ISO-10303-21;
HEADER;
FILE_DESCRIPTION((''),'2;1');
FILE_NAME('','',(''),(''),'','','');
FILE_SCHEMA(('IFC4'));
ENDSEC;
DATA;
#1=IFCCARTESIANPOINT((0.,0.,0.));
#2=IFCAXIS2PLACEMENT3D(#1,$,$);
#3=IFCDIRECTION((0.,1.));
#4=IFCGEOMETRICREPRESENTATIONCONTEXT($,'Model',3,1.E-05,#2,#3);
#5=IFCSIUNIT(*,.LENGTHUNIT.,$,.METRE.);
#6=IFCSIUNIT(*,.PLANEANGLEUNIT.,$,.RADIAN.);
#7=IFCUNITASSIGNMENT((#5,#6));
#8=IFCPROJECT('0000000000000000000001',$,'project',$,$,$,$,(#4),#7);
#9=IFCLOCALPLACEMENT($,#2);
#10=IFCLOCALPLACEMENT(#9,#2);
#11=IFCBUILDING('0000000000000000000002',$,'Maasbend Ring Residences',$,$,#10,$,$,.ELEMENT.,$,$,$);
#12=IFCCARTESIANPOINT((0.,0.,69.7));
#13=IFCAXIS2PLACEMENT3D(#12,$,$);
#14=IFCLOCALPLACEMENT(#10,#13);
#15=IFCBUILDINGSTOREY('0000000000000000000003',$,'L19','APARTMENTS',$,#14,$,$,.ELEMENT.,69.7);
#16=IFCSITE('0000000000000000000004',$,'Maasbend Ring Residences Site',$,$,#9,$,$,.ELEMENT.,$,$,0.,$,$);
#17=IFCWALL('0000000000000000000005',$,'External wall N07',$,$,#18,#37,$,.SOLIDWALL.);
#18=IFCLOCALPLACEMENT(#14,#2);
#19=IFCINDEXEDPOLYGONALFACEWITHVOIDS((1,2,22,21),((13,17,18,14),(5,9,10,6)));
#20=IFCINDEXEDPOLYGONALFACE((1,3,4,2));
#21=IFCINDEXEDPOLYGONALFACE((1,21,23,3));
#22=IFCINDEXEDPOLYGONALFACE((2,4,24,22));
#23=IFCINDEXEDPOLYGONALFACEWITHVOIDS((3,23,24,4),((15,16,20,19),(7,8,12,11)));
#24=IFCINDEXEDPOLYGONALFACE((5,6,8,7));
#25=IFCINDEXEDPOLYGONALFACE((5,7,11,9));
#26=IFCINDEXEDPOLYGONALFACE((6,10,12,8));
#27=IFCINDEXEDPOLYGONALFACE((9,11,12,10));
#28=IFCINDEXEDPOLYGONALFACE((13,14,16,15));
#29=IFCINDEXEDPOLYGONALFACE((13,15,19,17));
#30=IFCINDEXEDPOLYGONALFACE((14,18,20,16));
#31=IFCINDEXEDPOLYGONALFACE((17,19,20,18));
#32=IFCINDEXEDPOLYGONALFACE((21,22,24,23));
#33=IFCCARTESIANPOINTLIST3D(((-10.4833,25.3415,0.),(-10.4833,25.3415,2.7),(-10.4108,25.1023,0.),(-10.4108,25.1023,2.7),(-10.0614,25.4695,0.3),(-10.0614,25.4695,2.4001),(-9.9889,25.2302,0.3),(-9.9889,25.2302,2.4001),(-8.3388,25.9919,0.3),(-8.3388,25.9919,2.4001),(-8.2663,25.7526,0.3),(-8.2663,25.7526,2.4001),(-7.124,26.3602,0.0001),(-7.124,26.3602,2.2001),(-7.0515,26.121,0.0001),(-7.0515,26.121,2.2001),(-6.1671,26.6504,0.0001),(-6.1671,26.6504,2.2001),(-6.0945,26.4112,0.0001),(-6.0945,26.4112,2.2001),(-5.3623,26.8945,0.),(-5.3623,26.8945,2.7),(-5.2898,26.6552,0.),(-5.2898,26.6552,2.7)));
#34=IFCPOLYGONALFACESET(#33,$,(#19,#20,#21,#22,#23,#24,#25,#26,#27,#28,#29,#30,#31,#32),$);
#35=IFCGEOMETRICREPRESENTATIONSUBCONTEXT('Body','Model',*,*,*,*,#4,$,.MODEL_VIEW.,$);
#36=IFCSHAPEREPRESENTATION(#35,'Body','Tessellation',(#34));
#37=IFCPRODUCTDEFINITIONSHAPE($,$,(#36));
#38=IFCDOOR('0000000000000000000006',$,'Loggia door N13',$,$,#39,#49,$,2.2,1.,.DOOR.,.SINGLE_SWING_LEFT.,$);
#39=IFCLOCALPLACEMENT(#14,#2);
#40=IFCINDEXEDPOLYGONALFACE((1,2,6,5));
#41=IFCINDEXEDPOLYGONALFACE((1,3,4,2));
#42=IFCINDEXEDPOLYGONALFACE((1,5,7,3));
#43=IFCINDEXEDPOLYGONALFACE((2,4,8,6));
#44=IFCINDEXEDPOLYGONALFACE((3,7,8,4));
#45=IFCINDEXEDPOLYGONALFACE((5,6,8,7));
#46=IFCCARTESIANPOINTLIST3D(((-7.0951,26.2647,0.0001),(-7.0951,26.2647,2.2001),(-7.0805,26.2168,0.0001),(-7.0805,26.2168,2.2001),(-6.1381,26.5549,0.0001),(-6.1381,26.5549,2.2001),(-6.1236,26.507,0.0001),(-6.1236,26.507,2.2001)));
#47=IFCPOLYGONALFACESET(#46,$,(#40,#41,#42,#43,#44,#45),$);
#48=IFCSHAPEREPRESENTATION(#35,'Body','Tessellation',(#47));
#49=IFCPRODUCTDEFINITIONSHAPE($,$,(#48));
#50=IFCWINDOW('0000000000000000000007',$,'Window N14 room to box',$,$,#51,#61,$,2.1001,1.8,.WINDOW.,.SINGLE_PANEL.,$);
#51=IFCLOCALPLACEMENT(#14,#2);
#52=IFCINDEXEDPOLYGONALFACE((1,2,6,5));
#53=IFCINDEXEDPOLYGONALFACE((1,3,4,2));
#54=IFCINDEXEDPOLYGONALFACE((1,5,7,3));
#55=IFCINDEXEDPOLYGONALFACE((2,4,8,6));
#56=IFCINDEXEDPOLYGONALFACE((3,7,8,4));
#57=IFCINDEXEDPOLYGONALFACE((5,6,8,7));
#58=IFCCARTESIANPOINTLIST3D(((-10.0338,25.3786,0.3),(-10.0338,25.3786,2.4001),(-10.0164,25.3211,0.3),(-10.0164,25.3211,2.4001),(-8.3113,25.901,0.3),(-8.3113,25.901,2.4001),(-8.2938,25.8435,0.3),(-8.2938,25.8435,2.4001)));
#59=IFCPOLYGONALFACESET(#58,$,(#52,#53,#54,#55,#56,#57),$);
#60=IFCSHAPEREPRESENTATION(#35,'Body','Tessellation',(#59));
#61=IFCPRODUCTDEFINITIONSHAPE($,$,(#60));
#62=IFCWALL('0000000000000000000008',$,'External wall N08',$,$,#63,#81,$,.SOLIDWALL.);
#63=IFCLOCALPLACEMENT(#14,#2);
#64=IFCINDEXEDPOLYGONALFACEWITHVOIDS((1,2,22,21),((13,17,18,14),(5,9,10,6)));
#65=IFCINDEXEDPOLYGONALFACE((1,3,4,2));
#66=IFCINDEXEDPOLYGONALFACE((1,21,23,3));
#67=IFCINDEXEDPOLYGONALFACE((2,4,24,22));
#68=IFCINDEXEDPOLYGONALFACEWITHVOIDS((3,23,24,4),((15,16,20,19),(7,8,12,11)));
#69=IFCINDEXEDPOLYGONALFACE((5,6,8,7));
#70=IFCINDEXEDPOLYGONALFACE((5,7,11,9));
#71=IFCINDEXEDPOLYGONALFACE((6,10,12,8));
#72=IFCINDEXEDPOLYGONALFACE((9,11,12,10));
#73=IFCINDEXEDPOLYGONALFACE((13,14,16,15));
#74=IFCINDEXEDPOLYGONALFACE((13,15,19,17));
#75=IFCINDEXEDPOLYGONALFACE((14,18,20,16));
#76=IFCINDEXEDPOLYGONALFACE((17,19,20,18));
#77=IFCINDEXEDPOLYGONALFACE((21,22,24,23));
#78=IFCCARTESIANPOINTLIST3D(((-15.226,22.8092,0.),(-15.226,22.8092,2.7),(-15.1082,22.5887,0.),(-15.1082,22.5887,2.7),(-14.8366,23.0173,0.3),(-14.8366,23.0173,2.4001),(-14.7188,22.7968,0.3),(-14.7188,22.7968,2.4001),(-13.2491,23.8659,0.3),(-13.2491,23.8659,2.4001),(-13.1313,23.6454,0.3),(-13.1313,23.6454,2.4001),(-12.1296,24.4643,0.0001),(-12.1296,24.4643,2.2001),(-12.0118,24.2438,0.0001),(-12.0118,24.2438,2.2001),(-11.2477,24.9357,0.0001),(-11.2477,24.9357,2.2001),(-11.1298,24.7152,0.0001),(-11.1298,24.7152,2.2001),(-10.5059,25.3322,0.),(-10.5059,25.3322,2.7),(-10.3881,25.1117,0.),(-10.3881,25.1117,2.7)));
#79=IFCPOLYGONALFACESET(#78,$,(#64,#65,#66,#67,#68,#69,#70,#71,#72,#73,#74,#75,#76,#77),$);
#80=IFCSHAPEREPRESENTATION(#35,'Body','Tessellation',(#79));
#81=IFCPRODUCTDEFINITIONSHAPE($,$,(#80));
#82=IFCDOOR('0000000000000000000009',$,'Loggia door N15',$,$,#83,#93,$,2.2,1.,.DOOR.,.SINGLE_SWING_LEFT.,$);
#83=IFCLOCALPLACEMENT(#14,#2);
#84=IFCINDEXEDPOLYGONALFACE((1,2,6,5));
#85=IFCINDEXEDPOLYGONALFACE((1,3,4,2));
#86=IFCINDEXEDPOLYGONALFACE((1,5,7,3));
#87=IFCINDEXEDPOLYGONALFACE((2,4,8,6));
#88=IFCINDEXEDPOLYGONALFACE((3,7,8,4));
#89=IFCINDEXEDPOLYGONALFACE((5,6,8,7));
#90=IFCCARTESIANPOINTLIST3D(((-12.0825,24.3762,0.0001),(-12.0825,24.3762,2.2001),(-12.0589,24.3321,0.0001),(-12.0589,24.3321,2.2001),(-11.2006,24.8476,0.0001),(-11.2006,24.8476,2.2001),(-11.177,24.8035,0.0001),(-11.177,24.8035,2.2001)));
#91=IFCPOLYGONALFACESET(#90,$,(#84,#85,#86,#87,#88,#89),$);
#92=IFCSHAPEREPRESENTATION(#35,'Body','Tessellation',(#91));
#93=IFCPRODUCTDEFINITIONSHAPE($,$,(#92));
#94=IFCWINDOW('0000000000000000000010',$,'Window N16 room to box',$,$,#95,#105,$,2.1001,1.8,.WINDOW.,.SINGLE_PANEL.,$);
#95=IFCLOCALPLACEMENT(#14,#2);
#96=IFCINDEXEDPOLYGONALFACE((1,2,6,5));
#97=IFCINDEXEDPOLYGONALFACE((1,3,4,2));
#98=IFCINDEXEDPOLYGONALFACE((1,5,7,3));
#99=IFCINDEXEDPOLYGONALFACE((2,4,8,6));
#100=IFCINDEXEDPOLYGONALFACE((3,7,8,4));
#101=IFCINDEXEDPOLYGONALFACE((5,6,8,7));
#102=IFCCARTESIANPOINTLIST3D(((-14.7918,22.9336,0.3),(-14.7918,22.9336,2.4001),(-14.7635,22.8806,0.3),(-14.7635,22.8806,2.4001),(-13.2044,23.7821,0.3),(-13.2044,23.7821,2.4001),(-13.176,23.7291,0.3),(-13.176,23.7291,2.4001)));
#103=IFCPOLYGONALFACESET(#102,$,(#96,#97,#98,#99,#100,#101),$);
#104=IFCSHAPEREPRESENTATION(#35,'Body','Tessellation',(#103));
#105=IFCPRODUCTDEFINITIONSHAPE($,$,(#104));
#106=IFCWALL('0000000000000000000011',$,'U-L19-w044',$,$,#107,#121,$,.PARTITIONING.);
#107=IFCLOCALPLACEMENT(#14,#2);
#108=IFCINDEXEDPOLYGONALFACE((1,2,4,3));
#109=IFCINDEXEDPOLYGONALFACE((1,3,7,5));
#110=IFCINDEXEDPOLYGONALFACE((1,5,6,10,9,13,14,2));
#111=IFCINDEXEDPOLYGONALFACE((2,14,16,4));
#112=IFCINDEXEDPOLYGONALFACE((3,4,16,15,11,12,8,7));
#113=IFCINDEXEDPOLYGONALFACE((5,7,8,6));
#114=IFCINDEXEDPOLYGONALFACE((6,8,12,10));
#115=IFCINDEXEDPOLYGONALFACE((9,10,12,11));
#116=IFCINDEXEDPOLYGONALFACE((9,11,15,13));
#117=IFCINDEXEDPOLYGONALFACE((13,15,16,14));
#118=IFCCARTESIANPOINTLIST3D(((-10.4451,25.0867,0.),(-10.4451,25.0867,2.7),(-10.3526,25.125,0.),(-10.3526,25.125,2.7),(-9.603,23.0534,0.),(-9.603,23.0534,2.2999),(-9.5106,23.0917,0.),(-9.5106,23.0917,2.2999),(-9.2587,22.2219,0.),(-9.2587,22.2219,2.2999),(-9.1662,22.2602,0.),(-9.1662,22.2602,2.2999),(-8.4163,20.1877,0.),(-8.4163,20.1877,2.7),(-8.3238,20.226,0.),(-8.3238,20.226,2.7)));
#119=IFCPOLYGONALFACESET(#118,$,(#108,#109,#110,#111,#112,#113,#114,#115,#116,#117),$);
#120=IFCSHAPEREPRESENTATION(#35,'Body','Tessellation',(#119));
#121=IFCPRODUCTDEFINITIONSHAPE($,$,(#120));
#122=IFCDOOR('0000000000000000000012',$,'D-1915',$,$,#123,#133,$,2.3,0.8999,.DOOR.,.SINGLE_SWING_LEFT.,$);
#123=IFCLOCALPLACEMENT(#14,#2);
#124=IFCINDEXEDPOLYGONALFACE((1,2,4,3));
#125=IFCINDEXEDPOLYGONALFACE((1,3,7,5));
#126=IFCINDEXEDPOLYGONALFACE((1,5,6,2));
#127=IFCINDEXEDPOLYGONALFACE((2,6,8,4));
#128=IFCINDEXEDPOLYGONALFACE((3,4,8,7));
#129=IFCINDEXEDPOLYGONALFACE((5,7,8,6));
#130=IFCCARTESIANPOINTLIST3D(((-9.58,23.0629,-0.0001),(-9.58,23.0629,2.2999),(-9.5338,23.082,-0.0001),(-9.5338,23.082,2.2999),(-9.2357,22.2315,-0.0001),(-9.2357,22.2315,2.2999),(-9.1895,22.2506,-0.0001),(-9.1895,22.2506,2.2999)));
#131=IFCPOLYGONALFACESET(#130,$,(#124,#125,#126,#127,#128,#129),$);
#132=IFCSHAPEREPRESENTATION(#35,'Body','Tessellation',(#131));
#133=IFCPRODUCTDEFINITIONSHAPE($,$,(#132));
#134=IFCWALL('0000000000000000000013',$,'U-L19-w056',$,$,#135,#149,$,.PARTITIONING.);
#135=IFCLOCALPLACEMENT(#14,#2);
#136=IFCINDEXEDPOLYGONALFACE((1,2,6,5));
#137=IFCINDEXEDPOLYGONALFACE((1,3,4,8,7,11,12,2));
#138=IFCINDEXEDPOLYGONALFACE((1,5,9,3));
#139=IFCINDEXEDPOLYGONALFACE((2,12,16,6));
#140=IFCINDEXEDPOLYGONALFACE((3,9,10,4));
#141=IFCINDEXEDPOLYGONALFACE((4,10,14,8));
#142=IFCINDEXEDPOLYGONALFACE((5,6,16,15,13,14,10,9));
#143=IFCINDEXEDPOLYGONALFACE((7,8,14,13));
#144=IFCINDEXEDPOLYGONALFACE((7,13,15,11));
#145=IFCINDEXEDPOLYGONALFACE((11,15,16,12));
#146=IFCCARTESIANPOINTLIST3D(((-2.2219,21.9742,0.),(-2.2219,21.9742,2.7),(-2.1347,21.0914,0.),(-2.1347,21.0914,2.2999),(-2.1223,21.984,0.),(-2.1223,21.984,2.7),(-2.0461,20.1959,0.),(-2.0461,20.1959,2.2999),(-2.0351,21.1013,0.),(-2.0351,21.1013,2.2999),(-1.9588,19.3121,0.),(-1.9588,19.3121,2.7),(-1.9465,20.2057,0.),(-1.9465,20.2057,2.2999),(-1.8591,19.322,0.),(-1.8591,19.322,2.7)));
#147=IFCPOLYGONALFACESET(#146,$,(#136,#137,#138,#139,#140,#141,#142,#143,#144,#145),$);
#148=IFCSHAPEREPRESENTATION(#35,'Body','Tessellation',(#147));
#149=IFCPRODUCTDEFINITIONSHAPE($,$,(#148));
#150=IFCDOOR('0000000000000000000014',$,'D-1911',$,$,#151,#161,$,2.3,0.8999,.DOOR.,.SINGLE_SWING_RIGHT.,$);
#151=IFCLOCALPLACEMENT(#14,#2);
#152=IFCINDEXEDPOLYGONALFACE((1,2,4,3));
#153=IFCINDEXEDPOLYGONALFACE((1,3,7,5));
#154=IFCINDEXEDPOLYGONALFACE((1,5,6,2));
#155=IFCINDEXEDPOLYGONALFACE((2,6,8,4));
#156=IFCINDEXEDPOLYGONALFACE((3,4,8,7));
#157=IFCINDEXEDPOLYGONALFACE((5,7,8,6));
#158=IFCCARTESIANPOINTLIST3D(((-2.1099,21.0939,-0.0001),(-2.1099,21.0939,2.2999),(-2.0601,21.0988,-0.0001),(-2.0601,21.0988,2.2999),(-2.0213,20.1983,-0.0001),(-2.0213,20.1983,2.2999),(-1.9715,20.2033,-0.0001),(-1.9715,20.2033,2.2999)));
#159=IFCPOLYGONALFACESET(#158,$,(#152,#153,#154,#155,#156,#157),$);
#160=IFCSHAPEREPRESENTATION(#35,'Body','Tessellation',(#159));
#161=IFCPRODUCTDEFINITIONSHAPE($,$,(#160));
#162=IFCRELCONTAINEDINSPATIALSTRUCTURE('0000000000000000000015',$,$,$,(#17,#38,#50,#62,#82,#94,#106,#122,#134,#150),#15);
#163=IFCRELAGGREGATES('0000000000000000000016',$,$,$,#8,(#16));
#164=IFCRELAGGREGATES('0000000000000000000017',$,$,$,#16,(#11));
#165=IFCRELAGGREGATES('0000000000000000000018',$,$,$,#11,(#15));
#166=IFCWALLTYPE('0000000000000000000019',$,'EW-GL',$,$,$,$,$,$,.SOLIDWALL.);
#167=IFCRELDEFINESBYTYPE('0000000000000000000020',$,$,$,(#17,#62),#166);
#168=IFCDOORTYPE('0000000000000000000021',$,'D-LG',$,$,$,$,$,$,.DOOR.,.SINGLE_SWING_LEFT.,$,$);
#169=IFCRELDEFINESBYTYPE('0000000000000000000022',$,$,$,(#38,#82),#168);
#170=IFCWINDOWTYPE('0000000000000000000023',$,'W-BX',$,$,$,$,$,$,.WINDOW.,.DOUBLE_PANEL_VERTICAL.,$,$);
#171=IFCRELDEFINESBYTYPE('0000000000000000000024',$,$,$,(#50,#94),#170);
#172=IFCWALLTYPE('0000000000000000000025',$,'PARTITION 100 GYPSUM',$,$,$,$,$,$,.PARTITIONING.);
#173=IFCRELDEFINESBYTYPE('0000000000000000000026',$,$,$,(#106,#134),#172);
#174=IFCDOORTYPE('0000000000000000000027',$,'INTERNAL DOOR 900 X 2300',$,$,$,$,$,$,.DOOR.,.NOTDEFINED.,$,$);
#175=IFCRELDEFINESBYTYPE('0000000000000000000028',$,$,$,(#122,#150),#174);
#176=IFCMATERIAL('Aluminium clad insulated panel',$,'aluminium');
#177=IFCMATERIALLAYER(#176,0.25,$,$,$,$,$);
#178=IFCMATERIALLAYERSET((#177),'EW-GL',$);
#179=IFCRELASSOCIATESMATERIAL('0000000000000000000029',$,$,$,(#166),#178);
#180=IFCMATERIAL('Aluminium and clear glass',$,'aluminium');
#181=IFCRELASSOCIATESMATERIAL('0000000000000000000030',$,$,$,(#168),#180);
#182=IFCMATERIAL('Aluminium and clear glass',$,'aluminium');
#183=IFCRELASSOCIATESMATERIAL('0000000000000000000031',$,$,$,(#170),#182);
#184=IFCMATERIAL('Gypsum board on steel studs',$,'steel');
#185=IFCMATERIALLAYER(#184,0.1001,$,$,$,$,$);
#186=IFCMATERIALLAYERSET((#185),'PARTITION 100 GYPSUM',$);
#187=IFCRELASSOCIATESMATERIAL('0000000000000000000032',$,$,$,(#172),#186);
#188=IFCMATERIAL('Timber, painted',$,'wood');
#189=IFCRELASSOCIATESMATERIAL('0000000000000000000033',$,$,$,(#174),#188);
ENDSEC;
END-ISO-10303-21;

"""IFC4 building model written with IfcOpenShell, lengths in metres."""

from ifc_helpers import new_model, si_unit, direction, frame, frame_2d, origin, place, context, subcontext, project, spatial, rectangle, extrude, material, layer, layer_set, type_object, element, fill, save


model = new_model("IFC4")

# Units and contexts
model_context = context("Model", 3, precision=1e-05, world=origin(), true_north=direction((0.0, 1.0)))
body_context = subcontext(model_context, "Body", "Model", "MODEL_VIEW")
ifc_project = project(units=[si_unit("LENGTHUNIT", "METRE"), si_unit("PLANEANGLEUNIT", "RADIAN")], contexts=[model_context])

# Site, building, storey
site_placement = place(None, origin())
site = spatial("IfcSite", under=ifc_project, at=site_placement, Name="Maasbend Ring Residences Site", CompositionType="ELEMENT", RefElevation=0.0)
building_placement = place(site_placement, origin())
building = spatial("IfcBuilding", under=site, at=building_placement, Name="Maasbend Ring Residences", CompositionType="ELEMENT")
storey_placement = place(building_placement, frame((0.0, 0.0, 69.7)))
storey = spatial("IfcBuildingStorey", under=building, at=storey_placement, Name="L19", Description="APARTMENTS", CompositionType="ELEMENT", Elevation=69.7)

# Walls, openings, doors, windows
ifc_material_1 = material(Name="Aluminium clad insulated panel", Category="aluminium")
ifc_layer_1 = layer(ifc_material_1, 0.25)
ifc_layer_set_1 = layer_set([ifc_layer_1], Name="EW-GL")
wall_type_1 = type_object("IfcWallType", Name="EW-GL", PredefinedType="SOLIDWALL", material=ifc_layer_set_1)
wall_1_placement = place(storey_placement, frame((-5.3259, 26.7749, 0.0), z_axis=(0.0, 0.0, 1.0), x_axis=(-0.956966, -0.290201, 0.0)))
wall_1 = element("IfcWall", 1, at=wall_1_placement, inside=storey, type_object=wall_type_1, Name="External wall N07", PredefinedType="SOLIDWALL", context=body_context, shape_type="SweptSolid", body=[
    extrude(rectangle(XDim=5.3513, YDim=0.25, at=frame_2d((2.6758, 0.0))), origin(), (0.0, 0.0, 1.0), 2.7),
])
opening_1_placement = place(wall_1_placement, frame((0.8411, 0.0, 0.0)))
opening_1 = element("IfcOpeningElement", 2, at=opening_1_placement, cuts=wall_1, PredefinedType="OPENING", context=body_context, shape_type="SweptSolid", body=[
    extrude(rectangle(XDim=1.0, YDim=2.2, at=frame_2d((0.5, 1.1001))), frame((0.0, 0.135, 0.0), z_axis=(0.0, -1.0, 0.0), x_axis=(1.0, 0.0, 0.0)), (0.0, 0.0, 1.0), 0.27),
])
opening_2_placement = place(wall_1_placement, frame((3.1106, 0.0, 0.3)))
opening_2 = element("IfcOpeningElement", 3, at=opening_2_placement, cuts=wall_1, PredefinedType="OPENING", context=body_context, shape_type="SweptSolid", body=[
    extrude(rectangle(XDim=1.8, YDim=2.1001, at=frame_2d((0.8999, 1.05))), frame((0.0, 0.135, 0.0), z_axis=(0.0, -1.0, 0.0), x_axis=(1.0, 0.0, 0.0)), (0.0, 0.0, 1.0), 0.27),
])
ifc_material_2 = material(Name="Aluminium and clear glass", Category="aluminium")
door_type_1 = type_object("IfcDoorType", Name="D-LG", OperationType="SINGLE_SWING_LEFT", PredefinedType="DOOR", material=ifc_material_2)
door_1_placement = place(opening_1_placement, origin())
door_1 = element("IfcDoor", 4, at=door_1_placement, inside=storey, type_object=door_type_1, Name="Loggia door N13", OperationType="SINGLE_SWING_LEFT", OverallHeight=2.2, OverallWidth=1.0, PredefinedType="DOOR", context=body_context, shape_type="SweptSolid", body=[
    extrude(rectangle(XDim=1.0, YDim=2.2, at=frame_2d((0.5, 1.1001))), frame((0.0, 0.0249, 0.0), z_axis=(0.0, -1.0, 0.0), x_axis=(1.0, 0.0, 0.0)), (0.0, 0.0, 1.0), 0.05),
])
fill(opening_1, door_1)
ifc_material_3 = material(Name="Aluminium and clear glass", Category="aluminium")
window_type_1 = type_object("IfcWindowType", Name="W-BX", PartitioningType="DOUBLE_PANEL_VERTICAL", PredefinedType="WINDOW", material=ifc_material_3)
window_1_placement = place(opening_2_placement, origin())
window_1 = element("IfcWindow", 5, at=window_1_placement, inside=storey, type_object=window_type_1, Name="Window N14 room to box", OverallHeight=2.1001, OverallWidth=1.8, PartitioningType="SINGLE_PANEL", PredefinedType="WINDOW", context=body_context, shape_type="SweptSolid", body=[
    extrude(rectangle(XDim=1.8, YDim=2.1001, at=frame_2d((0.8999, 1.05))), frame((0.0, 0.03, 0.0), z_axis=(0.0, -1.0, 0.0), x_axis=(1.0, 0.0, 0.0)), (0.0, 0.0, 1.0), 0.0601),
])
fill(opening_2, window_1)
wall_2_placement = place(storey_placement, frame((-10.447, 25.2219, 0.0), z_axis=(0.0, 0.0, 1.0), x_axis=(-0.881916, -0.471407, 0.0)))
wall_2 = element("IfcWall", 6, at=wall_2_placement, inside=storey, type_object=wall_type_1, Name="External wall N08", PredefinedType="SOLIDWALL", context=body_context, shape_type="SweptSolid", body=[
    extrude(rectangle(XDim=5.3521, YDim=0.25, at=frame_2d((2.676, 0.0))), origin(), (0.0, 0.0, 1.0), 2.7),
])
opening_3_placement = place(wall_2_placement, frame((0.8411, 0.0, 0.0)))
opening_3 = element("IfcOpeningElement", 7, at=opening_3_placement, cuts=wall_2, PredefinedType="OPENING", context=body_context, shape_type="SweptSolid", body=[
    extrude(rectangle(XDim=1.0, YDim=2.2, at=frame_2d((0.5, 1.1001))), frame((0.0, 0.135, 0.0), z_axis=(0.0, -1.0, 0.0), x_axis=(1.0, 0.0, 0.0)), (0.0, 0.0, 1.0), 0.27),
])
opening_4_placement = place(wall_2_placement, frame((3.1106, 0.0, 0.3)))
opening_4 = element("IfcOpeningElement", 8, at=opening_4_placement, cuts=wall_2, PredefinedType="OPENING", context=body_context, shape_type="SweptSolid", body=[
    extrude(rectangle(XDim=1.8, YDim=2.1001, at=frame_2d((0.8999, 1.05))), frame((0.0, 0.135, 0.0), z_axis=(0.0, -1.0, 0.0), x_axis=(1.0, 0.0, 0.0)), (0.0, 0.0, 1.0), 0.27),
])
door_2_placement = place(opening_3_placement, origin())
door_2 = element("IfcDoor", 9, at=door_2_placement, inside=storey, type_object=door_type_1, Name="Loggia door N15", OperationType="SINGLE_SWING_LEFT", OverallHeight=2.2, OverallWidth=1.0, PredefinedType="DOOR", context=body_context, shape_type="SweptSolid", body=[
    extrude(rectangle(XDim=1.0, YDim=2.2, at=frame_2d((0.5, 1.1001))), frame((0.0, 0.0249, 0.0), z_axis=(0.0, -1.0, 0.0), x_axis=(1.0, 0.0, 0.0)), (0.0, 0.0, 1.0), 0.05),
])
fill(opening_3, door_2)
window_2_placement = place(opening_4_placement, origin())
window_2 = element("IfcWindow", 10, at=window_2_placement, inside=storey, type_object=window_type_1, Name="Window N16 room to box", OverallHeight=2.1001, OverallWidth=1.8, PartitioningType="SINGLE_PANEL", PredefinedType="WINDOW", context=body_context, shape_type="SweptSolid", body=[
    extrude(rectangle(XDim=1.8, YDim=2.1001, at=frame_2d((0.8999, 1.05))), frame((0.0, 0.03, 0.0), z_axis=(0.0, -1.0, 0.0), x_axis=(1.0, 0.0, 0.0)), (0.0, 0.0, 1.0), 0.0601),
])
fill(opening_4, window_2)

# Walls, openings, doors
ifc_material_4 = material(Name="Gypsum board on steel studs", Category="steel")
ifc_layer_2 = layer(ifc_material_4, 0.1001)
ifc_layer_set_2 = layer_set([ifc_layer_2], Name="PARTITION 100 GYPSUM")
wall_type_2 = type_object("IfcWallType", Name="PARTITION 100 GYPSUM", PredefinedType="PARTITIONING", material=ifc_layer_set_2)
wall_3_placement = place(storey_placement, frame((-10.3989, 25.106, 0.0), z_axis=(0.0, 0.0, 1.0), x_axis=(0.38262, -0.923906, 0.0)))
wall_3 = element("IfcWall", 11, at=wall_3_placement, inside=storey, type_object=wall_type_2, Name="U-L19-w044", PredefinedType="PARTITIONING", context=body_context, shape_type="SweptSolid", body=[
    extrude(rectangle(XDim=5.3025, YDim=0.1001, at=frame_2d((2.6514, 0.0))), origin(), (0.0, 0.0, 1.0), 2.7),
])
opening_5_placement = place(wall_3_placement, frame((2.2009, 0.0, 0.0)))
opening_5 = element("IfcOpeningElement", 12, at=opening_5_placement, cuts=wall_3, PredefinedType="OPENING", context=body_context, shape_type="SweptSolid", body=[
    extrude(rectangle(XDim=0.8999, YDim=2.3, at=frame_2d((0.45, 1.1499))), frame((0.0, 0.0601, 0.0), z_axis=(0.0, -1.0, 0.0), x_axis=(1.0, 0.0, 0.0)), (0.0, 0.0, 1.0), 0.1201),
])
ifc_material_5 = material(Name="Timber, painted", Category="wood")
door_type_2 = type_object("IfcDoorType", Name="INTERNAL DOOR 900 X 2300", OperationType="NOTDEFINED", PredefinedType="DOOR", material=ifc_material_5)
door_3_placement = place(opening_5_placement, origin())
door_3 = element("IfcDoor", 13, at=door_3_placement, inside=storey, type_object=door_type_2, Name="D-1915", OperationType="SINGLE_SWING_LEFT", OverallHeight=2.3, OverallWidth=0.8999, PredefinedType="DOOR", context=body_context, shape_type="SweptSolid", body=[
    extrude(rectangle(XDim=0.8999, YDim=2.3, at=frame_2d((0.45, 1.1499))), frame((0.0, 0.0249, 0.0), z_axis=(0.0, -1.0, 0.0), x_axis=(1.0, 0.0, 0.0)), (0.0, 0.0, 1.0), 0.05),
])
fill(opening_5, door_3)
wall_4_placement = place(storey_placement, frame((-2.1721, 21.979, 0.0), z_axis=(0.0, 0.0, 1.0), x_axis=(0.098383, -0.995149, 0.0)))
wall_4 = element("IfcWall", 14, at=wall_4_placement, inside=storey, type_object=wall_type_2, Name="U-L19-w056", PredefinedType="PARTITIONING", context=body_context, shape_type="SweptSolid", body=[
    extrude(rectangle(XDim=2.675, YDim=0.1001, at=frame_2d((1.3374, 0.0))), origin(), (0.0, 0.0, 1.0), 2.7),
])
opening_6_placement = place(wall_4_placement, frame((0.887, 0.0, 0.0)))
opening_6 = element("IfcOpeningElement", 15, at=opening_6_placement, cuts=wall_4, PredefinedType="OPENING", context=body_context, shape_type="SweptSolid", body=[
    extrude(rectangle(XDim=0.8999, YDim=2.3, at=frame_2d((0.45, 1.1499))), frame((0.0, 0.0601, 0.0), z_axis=(0.0, -1.0, 0.0), x_axis=(1.0, 0.0, 0.0)), (0.0, 0.0, 1.0), 0.1201),
])
door_4_placement = place(opening_6_placement, origin())
door_4 = element("IfcDoor", 16, at=door_4_placement, inside=storey, type_object=door_type_2, Name="D-1911", OperationType="SINGLE_SWING_RIGHT", OverallHeight=2.3, OverallWidth=0.8999, PredefinedType="DOOR", context=body_context, shape_type="SweptSolid", body=[
    extrude(rectangle(XDim=0.8999, YDim=2.3, at=frame_2d((0.45, 1.1499))), frame((0.0, 0.0249, 0.0), z_axis=(0.0, -1.0, 0.0), x_axis=(1.0, 0.0, 0.0)), (0.0, 0.0, 1.0), 0.05),
])
fill(opening_6, door_4)

save(model, "model.ifc")
